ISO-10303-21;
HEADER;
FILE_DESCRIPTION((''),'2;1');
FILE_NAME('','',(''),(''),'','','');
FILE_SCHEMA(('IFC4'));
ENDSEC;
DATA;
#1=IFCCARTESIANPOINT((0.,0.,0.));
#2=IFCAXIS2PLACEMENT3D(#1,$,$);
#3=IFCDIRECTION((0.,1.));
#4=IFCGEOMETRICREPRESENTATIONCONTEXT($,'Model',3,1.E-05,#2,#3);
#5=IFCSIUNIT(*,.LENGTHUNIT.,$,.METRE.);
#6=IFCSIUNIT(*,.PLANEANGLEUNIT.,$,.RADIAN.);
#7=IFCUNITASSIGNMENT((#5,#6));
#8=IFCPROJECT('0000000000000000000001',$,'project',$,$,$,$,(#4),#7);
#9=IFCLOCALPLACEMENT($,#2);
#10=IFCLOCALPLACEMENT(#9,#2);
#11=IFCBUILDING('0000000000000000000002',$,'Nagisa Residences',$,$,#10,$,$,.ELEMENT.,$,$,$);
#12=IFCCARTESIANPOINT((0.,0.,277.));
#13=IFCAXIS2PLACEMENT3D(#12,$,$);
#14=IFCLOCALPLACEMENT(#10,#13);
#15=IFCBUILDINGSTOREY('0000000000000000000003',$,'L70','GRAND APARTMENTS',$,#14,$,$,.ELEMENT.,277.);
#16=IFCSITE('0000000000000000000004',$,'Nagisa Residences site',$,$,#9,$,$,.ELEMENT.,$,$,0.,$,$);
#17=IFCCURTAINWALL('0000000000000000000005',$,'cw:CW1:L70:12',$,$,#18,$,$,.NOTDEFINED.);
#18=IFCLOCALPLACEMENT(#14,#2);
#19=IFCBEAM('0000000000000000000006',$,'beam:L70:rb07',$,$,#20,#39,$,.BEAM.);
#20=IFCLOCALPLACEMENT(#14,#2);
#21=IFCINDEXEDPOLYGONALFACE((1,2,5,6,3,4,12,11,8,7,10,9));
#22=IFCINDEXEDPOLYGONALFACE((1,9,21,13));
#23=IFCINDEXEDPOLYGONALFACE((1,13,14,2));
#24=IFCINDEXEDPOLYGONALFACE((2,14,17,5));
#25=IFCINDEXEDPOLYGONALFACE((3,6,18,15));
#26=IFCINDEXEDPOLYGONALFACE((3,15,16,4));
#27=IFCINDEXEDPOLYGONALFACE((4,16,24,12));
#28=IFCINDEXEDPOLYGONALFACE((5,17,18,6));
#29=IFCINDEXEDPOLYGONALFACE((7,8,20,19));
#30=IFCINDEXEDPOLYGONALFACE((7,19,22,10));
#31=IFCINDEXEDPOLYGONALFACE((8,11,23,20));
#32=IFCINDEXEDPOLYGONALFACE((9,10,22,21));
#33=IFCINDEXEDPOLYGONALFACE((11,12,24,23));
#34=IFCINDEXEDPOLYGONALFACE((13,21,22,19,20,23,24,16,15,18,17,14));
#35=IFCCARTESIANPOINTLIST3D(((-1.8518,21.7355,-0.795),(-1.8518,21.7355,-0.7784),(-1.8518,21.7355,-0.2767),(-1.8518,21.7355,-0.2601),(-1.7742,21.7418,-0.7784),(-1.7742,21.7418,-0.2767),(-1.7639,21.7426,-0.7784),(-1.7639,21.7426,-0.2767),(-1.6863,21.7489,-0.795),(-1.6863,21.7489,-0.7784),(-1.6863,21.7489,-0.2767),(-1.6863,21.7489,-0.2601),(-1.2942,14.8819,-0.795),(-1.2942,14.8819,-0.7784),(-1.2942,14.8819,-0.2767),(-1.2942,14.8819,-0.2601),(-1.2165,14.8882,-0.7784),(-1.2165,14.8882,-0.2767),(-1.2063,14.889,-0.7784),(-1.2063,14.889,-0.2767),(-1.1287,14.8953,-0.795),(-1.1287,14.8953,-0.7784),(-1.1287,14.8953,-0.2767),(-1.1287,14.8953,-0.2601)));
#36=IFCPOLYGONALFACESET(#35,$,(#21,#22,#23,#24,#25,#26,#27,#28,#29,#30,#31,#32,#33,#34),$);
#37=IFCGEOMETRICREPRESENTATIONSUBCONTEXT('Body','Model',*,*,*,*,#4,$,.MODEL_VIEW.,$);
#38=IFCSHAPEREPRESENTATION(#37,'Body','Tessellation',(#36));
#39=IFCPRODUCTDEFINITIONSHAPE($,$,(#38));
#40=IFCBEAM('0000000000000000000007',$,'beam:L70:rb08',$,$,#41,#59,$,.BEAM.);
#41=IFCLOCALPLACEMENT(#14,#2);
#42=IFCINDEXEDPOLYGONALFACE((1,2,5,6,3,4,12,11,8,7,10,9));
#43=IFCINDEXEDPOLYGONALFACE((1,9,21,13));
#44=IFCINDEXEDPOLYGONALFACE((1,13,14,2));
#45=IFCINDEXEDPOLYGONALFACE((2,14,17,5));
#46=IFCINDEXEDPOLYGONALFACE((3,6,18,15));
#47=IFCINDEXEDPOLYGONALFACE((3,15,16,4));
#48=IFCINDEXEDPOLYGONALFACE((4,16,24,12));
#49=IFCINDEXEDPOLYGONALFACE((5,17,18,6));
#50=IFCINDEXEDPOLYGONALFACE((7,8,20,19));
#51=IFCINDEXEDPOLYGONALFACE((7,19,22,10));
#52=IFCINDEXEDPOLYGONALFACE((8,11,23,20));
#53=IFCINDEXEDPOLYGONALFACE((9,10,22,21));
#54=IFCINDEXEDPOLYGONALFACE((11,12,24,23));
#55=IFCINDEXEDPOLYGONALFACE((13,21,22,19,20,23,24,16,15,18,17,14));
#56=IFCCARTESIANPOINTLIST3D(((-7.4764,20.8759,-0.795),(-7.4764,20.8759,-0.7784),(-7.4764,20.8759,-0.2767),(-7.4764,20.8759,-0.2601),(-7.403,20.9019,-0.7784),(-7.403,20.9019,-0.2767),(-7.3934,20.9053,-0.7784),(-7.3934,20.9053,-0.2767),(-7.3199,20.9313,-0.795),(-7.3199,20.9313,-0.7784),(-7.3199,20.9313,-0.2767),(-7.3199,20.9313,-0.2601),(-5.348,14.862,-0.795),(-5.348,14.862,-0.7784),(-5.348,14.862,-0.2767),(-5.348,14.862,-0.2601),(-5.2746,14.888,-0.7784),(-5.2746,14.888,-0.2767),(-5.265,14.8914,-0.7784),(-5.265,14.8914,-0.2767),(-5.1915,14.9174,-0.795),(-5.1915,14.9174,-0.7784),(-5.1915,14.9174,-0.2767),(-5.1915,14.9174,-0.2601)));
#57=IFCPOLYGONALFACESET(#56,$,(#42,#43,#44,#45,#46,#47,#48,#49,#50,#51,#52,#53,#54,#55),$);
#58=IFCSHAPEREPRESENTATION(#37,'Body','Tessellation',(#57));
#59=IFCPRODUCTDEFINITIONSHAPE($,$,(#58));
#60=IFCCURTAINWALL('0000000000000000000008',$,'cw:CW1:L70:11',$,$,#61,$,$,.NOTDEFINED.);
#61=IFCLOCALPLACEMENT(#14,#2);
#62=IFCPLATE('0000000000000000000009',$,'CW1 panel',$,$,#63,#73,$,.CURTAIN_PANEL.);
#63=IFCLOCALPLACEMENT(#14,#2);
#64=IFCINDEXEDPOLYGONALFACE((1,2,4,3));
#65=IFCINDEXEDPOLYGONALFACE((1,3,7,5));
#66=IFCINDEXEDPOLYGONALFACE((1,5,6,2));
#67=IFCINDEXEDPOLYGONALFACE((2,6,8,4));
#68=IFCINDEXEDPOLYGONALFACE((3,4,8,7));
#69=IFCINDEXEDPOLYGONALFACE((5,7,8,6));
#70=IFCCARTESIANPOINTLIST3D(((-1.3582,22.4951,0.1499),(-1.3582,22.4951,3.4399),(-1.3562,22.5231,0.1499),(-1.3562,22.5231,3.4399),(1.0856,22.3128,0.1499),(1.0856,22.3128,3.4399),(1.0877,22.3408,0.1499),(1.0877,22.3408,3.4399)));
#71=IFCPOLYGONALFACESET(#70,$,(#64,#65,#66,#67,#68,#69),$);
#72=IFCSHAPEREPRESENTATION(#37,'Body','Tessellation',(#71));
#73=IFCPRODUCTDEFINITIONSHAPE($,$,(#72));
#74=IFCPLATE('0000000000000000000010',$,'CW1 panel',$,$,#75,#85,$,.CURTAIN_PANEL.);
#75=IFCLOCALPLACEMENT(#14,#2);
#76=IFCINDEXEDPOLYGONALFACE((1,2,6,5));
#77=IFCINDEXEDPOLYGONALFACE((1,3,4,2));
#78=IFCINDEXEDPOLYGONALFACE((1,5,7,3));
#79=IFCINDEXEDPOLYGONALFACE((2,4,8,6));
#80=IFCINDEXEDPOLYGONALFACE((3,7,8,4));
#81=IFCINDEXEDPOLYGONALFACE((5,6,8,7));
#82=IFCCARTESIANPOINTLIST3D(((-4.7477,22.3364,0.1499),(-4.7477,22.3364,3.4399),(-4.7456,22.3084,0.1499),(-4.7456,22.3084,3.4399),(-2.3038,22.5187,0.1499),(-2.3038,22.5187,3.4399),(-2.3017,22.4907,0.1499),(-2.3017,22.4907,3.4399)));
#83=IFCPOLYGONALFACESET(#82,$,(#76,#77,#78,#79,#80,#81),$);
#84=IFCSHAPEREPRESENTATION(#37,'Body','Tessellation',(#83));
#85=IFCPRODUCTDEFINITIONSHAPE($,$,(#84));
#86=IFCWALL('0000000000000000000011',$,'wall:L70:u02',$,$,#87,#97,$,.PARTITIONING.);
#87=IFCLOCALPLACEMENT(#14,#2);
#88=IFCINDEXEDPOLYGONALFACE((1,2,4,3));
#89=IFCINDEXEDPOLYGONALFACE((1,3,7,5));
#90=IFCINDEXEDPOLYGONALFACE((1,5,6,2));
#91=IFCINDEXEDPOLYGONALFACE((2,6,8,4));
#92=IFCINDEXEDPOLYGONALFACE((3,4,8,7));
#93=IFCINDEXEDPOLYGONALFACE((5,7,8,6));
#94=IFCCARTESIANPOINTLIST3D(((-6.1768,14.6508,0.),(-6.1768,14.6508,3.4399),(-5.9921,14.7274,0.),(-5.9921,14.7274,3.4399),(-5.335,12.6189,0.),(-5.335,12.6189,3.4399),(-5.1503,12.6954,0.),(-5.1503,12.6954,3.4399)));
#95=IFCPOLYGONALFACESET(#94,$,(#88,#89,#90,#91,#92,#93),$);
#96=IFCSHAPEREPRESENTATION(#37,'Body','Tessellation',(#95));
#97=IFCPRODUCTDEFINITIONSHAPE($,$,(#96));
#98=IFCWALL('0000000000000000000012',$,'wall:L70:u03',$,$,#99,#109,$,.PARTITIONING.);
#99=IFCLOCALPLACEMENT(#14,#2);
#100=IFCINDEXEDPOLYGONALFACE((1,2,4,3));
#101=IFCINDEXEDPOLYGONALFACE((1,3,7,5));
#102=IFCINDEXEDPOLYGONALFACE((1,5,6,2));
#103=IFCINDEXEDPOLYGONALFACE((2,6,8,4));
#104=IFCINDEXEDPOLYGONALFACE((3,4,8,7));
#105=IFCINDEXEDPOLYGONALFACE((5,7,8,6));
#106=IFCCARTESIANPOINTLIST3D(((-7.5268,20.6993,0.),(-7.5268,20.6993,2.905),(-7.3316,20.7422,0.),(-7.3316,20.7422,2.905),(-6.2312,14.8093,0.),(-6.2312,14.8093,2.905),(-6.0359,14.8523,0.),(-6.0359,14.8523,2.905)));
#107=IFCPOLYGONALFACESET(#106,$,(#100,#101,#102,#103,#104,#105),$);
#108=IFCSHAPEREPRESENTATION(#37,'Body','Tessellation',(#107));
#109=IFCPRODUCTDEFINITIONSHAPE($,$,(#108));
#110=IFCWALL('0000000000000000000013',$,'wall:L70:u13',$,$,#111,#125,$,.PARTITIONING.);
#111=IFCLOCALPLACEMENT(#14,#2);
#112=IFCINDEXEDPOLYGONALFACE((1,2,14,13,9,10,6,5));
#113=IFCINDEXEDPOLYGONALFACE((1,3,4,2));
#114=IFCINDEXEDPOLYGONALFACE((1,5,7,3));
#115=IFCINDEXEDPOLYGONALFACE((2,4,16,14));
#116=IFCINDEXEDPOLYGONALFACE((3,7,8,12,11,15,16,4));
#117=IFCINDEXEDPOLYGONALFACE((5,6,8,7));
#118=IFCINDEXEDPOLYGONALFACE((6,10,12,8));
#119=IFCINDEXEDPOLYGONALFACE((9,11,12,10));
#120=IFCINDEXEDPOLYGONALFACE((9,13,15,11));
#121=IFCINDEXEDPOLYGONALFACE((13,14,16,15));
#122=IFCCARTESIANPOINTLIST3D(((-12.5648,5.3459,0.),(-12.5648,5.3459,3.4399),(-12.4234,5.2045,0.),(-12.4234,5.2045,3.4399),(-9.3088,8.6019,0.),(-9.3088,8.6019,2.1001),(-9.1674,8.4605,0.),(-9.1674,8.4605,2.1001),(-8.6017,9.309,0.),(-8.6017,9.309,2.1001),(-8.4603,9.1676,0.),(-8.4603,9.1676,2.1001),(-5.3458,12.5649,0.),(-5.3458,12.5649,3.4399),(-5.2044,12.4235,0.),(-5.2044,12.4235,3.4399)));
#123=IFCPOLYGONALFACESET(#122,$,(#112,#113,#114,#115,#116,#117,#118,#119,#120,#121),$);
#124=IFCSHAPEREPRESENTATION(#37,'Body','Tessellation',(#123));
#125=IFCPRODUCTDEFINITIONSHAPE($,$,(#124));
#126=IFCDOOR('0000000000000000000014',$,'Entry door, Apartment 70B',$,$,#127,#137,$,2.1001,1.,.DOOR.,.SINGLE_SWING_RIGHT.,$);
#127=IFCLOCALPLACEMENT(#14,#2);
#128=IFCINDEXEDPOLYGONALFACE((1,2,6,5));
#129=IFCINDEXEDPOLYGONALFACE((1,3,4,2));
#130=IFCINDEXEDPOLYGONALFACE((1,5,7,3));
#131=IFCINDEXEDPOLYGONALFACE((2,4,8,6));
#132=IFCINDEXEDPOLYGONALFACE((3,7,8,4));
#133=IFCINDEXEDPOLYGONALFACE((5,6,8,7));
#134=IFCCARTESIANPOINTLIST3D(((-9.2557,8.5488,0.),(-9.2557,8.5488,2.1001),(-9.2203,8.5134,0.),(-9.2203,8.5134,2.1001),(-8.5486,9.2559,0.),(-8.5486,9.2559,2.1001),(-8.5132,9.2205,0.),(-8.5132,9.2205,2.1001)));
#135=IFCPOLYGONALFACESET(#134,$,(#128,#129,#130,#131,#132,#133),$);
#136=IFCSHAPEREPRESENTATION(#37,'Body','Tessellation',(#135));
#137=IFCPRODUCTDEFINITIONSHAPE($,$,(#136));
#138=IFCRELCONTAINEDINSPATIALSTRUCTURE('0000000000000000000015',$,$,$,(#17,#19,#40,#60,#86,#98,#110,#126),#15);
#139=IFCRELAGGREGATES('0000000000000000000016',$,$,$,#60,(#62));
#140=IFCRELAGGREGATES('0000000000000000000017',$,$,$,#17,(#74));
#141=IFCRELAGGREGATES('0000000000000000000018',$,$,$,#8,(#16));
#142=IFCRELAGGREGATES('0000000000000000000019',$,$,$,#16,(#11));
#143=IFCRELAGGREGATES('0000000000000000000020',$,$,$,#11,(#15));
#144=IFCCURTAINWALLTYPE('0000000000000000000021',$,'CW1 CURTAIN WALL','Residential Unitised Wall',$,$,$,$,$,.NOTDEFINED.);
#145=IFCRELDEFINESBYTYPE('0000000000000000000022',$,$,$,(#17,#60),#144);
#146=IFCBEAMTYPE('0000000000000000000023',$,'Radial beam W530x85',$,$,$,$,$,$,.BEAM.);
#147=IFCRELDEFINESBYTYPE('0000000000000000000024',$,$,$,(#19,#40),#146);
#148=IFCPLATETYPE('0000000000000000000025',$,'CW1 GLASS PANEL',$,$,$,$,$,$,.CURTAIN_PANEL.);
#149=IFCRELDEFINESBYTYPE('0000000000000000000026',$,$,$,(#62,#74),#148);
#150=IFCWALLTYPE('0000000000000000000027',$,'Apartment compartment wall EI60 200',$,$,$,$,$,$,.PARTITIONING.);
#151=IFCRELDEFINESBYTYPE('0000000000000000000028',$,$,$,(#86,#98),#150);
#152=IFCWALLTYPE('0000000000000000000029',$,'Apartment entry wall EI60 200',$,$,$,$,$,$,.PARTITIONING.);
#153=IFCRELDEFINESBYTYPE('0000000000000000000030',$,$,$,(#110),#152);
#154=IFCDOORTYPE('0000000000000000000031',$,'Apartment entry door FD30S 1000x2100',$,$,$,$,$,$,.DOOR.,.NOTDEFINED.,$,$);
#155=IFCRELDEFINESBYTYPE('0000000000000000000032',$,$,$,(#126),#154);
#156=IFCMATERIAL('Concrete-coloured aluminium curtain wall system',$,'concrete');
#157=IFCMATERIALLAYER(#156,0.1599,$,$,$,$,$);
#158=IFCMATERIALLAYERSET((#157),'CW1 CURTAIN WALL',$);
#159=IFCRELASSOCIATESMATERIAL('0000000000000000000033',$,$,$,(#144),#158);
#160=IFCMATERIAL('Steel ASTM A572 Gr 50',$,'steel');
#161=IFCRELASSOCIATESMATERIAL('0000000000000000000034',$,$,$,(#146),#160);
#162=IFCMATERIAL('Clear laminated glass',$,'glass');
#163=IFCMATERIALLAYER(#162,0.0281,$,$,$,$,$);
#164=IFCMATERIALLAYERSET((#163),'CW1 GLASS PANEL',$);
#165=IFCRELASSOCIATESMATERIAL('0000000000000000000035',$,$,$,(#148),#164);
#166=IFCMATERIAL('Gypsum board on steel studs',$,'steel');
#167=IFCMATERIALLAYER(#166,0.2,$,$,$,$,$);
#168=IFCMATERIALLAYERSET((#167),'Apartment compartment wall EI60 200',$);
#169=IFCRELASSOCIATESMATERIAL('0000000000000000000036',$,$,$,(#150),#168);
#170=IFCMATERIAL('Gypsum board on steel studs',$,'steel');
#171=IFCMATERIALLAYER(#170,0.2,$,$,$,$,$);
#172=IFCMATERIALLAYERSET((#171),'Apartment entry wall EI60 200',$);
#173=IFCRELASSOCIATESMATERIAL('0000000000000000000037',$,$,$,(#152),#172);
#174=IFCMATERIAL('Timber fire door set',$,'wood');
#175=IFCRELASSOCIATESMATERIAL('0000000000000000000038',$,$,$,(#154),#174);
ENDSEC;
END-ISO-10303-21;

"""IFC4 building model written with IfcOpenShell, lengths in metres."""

from ifc_helpers import new_model, si_unit, direction, frame, frame_2d, origin, origin_2d, place, context, subcontext, project, spatial, rectangle, i_section, extrude, material, layer, layer_set, material_profile, profile_set, type_object, element, fill, aggregate, save


model = new_model("IFC4")

# Units and contexts
model_context = context("Model", 3, precision=1e-05, world=origin(), true_north=direction((0.0, 1.0)))
body_context = subcontext(model_context, "Body", "Model", "MODEL_VIEW")
ifc_project = project(units=[si_unit("LENGTHUNIT", "METRE"), si_unit("PLANEANGLEUNIT", "RADIAN")], contexts=[model_context])

# Site, building, storey
site_placement = place(None, origin())
site = spatial("IfcSite", under=ifc_project, at=site_placement, Name="Nagisa Residences site", CompositionType="ELEMENT", RefElevation=0.0)
building_placement = place(site_placement, origin())
building = spatial("IfcBuilding", under=site, at=building_placement, Name="Nagisa Residences", CompositionType="ELEMENT")
storey_placement = place(building_placement, frame((0.0, 0.0, 277.0)))
storey = spatial("IfcBuildingStorey", under=building, at=storey_placement, Name="L70", Description="GRAND APARTMENTS", CompositionType="ELEMENT", Elevation=277.0)

# Curtain wall
ifc_material_1 = material(Name="Concrete-coloured aluminium curtain wall system", Category="concrete")
ifc_layer_1 = layer(ifc_material_1, 0.1599)
ifc_layer_set_1 = layer_set([ifc_layer_1], Name="CW1 CURTAIN WALL")
curtain_wall_type = type_object("IfcCurtainWallType", Name="CW1 CURTAIN WALL", Description="Residential Unitised Wall", PredefinedType="NOTDEFINED", material=ifc_layer_set_1)
curtain_wall_1_placement = place(storey_placement, origin())
curtain_wall_1 = element("IfcCurtainWall", 1, at=curtain_wall_1_placement, inside=storey, type_object=curtain_wall_type, Name="cw:CW1:L70:12", PredefinedType="NOTDEFINED")

# Beams
ifc_material_2 = material(Name="Steel ASTM A572 Gr 50", Category="steel")
ifc_material_profile_1 = material_profile(ifc_material_2, i_section(OverallWidth=0.166, OverallDepth=0.5349, WebThickness=0.0103, FlangeThickness=0.0166, at=origin_2d()), Name="W530x85")
ifc_profile_set_1 = profile_set([ifc_material_profile_1], Name="Steel ASTM A572 Gr 50")
beam_type_1 = type_object("IfcBeamType", Name="Radial beam W530x85", PredefinedType="BEAM", material=ifc_profile_set_1)
beam_1_placement = place(storey_placement, frame((-1.769, 21.7422, -0.5276), z_axis=(0.081094, -0.996706, 0.0), x_axis=(0.996706, 0.081094, 0.0)))
element("IfcBeam", 2, at=beam_1_placement, inside=storey, type_object=beam_type_1, Name="beam:L70:rb07", PredefinedType="BEAM", context=body_context, shape_type="SweptSolid", body=[
    extrude(i_section(OverallWidth=0.166, OverallDepth=0.5349, WebThickness=0.0103, FlangeThickness=0.0166, at=origin_2d()), origin(), (0.0, 0.0, 1.0), 6.8762),
])
beam_2_placement = place(storey_placement, frame((-7.3982, 20.9036, -0.5276), z_axis=(0.333637, -0.942702, 0.0), x_axis=(0.942702, 0.333637, 0.0)))
element("IfcBeam", 3, at=beam_2_placement, inside=storey, type_object=beam_type_1, Name="beam:L70:rb08", PredefinedType="BEAM", context=body_context, shape_type="SweptSolid", body=[
    extrude(i_section(OverallWidth=0.166, OverallDepth=0.5349, WebThickness=0.0103, FlangeThickness=0.0166, at=origin_2d()), origin(), (0.0, 0.0, 1.0), 6.3794),
])

# Curtain wall, plate
curtain_wall_2_placement = place(storey_placement, origin())
curtain_wall_2 = element("IfcCurtainWall", 4, at=curtain_wall_2_placement, inside=storey, type_object=curtain_wall_type, Name="cw:CW1:L70:11", PredefinedType="NOTDEFINED")
ifc_material_3 = material(Name="Clear laminated glass", Category="glass")
ifc_layer_2 = layer(ifc_material_3, 0.0281)
ifc_layer_set_2 = layer_set([ifc_layer_2], Name="CW1 GLASS PANEL")
plate_type = type_object("IfcPlateType", Name="CW1 GLASS PANEL", PredefinedType="CURTAIN_PANEL", material=ifc_layer_set_2)
plate_1_placement = place(storey_placement, frame((-0.1353, 22.418, 0.1499), z_axis=(0.0, 0.0, 1.0), x_axis=(-0.99723, 0.074377, 0.0)))
plate_1 = element("IfcPlate", 5, at=plate_1_placement, type_object=plate_type, Name="CW1 panel", PredefinedType="CURTAIN_PANEL", context=body_context, shape_type="SweptSolid", body=[
    extrude(rectangle(XDim=2.4507, YDim=0.0281, at=origin_2d()), origin(), (0.0, 0.0, 1.0), 3.29),
])
aggregate(curtain_wall_2, [plate_1])

# Plate
plate_2_placement = place(storey_placement, frame((-3.5247, 22.4136, 0.1499), z_axis=(0.0, 0.0, 1.0), x_axis=(-0.99723, -0.074377, 0.0)))
plate_2 = element("IfcPlate", 6, at=plate_2_placement, type_object=plate_type, Name="CW1 panel", PredefinedType="CURTAIN_PANEL", context=body_context, shape_type="SweptSolid", body=[
    extrude(rectangle(XDim=2.4507, YDim=0.0281, at=origin_2d()), origin(), (0.0, 0.0, 1.0), 3.29),
])
aggregate(curtain_wall_1, [plate_2])

# Walls
ifc_material_4 = material(Name="Gypsum board on steel studs", Category="steel")
ifc_layer_3 = layer(ifc_material_4, 0.2)
ifc_layer_set_3 = layer_set([ifc_layer_3], Name="Apartment compartment wall EI60 200")
wall_type_1 = type_object("IfcWallType", Name="Apartment compartment wall EI60 200", PredefinedType="PARTITIONING", material=ifc_layer_set_3)
wall_1_placement = place(storey_placement, frame((-5.2427, 12.6572, 0.0), z_axis=(0.0, 0.0, 1.0), x_axis=(-0.382731, 0.92386, 0.0)))
element("IfcWall", 7, at=wall_1_placement, inside=storey, type_object=wall_type_1, Name="wall:L70:u02", PredefinedType="PARTITIONING", context=body_context, shape_type="SweptSolid", body=[
    extrude(rectangle(XDim=2.1995, YDim=0.2, at=frame_2d((1.0996, 0.0))), origin(), (0.0, 0.0, 1.0), 3.4399),
])
wall_2_placement = place(storey_placement, frame((-6.1335, 14.8308, 0.0), z_axis=(0.0, 0.0, 1.0), x_axis=(-0.214842, 0.976649, 0.0)))
element("IfcWall", 8, at=wall_2_placement, inside=storey, type_object=wall_type_1, Name="wall:L70:u03", PredefinedType="PARTITIONING", context=body_context, shape_type="SweptSolid", body=[
    extrude(rectangle(XDim=6.0308, YDim=0.2, at=frame_2d((3.0154, 0.0))), origin(), (0.0, 0.0, 1.0), 2.905),
])

# Wall, opening, door
ifc_material_5 = material(Name="Gypsum board on steel studs", Category="steel")
ifc_layer_4 = layer(ifc_material_5, 0.2)
ifc_layer_set_4 = layer_set([ifc_layer_4], Name="Apartment entry wall EI60 200")
wall_type_2 = type_object("IfcWallType", Name="Apartment entry wall EI60 200", PredefinedType="PARTITIONING", material=ifc_layer_set_4)
wall_3_placement = place(storey_placement, frame((-5.2751, 12.4941, 0.0), z_axis=(0.0, 0.0, 1.0), x_axis=(-0.707107, -0.707107, 0.0)))
wall_3 = element("IfcWall", 9, at=wall_3_placement, inside=storey, type_object=wall_type_2, Name="wall:L70:u13", PredefinedType="PARTITIONING", context=body_context, shape_type="SweptSolid", body=[
    extrude(rectangle(XDim=10.2092, YDim=0.2, at=frame_2d((5.1045, 0.0))), origin(), (0.0, 0.0, 1.0), 3.4399),
])
opening_1_placement = place(wall_3_placement, frame((4.6045, 0.0, 0.0)))
opening_1 = element("IfcOpeningElement", 10, at=opening_1_placement, cuts=wall_3, PredefinedType="OPENING", context=body_context, shape_type="SweptSolid", body=[
    extrude(rectangle(XDim=1.0, YDim=2.1001, at=frame_2d((0.5, 1.05))), frame((0.0, 0.1099, 0.0), z_axis=(0.0, -1.0, 0.0), x_axis=(1.0, 0.0, 0.0)), (0.0, 0.0, 1.0), 0.22),
])
ifc_material_6 = material(Name="Timber fire door set", Category="wood")
door_type_1 = type_object("IfcDoorType", Name="Apartment entry door FD30S 1000x2100", OperationType="NOTDEFINED", PredefinedType="DOOR", material=ifc_material_6)
door_1_placement = place(opening_1_placement, frame((1.0, 0.0, 0.0), x_axis=(-1.0, 0.0, 0.0)))
door_1 = element("IfcDoor", 11, at=door_1_placement, inside=storey, type_object=door_type_1, Name="Entry door, Apartment 70B", OperationType="SINGLE_SWING_RIGHT", OverallHeight=2.1001, OverallWidth=1.0, PredefinedType="DOOR", context=body_context, shape_type="SweptSolid", body=[
    extrude(rectangle(XDim=1.0, YDim=2.1001, at=frame_2d((0.5, 1.05))), frame((0.0, 0.0249, 0.0), z_axis=(0.0, -1.0, 0.0), x_axis=(1.0, 0.0, 0.0)), (0.0, 0.0, 1.0), 0.05),
])
fill(opening_1, door_1)

save(model, "model.ifc")
